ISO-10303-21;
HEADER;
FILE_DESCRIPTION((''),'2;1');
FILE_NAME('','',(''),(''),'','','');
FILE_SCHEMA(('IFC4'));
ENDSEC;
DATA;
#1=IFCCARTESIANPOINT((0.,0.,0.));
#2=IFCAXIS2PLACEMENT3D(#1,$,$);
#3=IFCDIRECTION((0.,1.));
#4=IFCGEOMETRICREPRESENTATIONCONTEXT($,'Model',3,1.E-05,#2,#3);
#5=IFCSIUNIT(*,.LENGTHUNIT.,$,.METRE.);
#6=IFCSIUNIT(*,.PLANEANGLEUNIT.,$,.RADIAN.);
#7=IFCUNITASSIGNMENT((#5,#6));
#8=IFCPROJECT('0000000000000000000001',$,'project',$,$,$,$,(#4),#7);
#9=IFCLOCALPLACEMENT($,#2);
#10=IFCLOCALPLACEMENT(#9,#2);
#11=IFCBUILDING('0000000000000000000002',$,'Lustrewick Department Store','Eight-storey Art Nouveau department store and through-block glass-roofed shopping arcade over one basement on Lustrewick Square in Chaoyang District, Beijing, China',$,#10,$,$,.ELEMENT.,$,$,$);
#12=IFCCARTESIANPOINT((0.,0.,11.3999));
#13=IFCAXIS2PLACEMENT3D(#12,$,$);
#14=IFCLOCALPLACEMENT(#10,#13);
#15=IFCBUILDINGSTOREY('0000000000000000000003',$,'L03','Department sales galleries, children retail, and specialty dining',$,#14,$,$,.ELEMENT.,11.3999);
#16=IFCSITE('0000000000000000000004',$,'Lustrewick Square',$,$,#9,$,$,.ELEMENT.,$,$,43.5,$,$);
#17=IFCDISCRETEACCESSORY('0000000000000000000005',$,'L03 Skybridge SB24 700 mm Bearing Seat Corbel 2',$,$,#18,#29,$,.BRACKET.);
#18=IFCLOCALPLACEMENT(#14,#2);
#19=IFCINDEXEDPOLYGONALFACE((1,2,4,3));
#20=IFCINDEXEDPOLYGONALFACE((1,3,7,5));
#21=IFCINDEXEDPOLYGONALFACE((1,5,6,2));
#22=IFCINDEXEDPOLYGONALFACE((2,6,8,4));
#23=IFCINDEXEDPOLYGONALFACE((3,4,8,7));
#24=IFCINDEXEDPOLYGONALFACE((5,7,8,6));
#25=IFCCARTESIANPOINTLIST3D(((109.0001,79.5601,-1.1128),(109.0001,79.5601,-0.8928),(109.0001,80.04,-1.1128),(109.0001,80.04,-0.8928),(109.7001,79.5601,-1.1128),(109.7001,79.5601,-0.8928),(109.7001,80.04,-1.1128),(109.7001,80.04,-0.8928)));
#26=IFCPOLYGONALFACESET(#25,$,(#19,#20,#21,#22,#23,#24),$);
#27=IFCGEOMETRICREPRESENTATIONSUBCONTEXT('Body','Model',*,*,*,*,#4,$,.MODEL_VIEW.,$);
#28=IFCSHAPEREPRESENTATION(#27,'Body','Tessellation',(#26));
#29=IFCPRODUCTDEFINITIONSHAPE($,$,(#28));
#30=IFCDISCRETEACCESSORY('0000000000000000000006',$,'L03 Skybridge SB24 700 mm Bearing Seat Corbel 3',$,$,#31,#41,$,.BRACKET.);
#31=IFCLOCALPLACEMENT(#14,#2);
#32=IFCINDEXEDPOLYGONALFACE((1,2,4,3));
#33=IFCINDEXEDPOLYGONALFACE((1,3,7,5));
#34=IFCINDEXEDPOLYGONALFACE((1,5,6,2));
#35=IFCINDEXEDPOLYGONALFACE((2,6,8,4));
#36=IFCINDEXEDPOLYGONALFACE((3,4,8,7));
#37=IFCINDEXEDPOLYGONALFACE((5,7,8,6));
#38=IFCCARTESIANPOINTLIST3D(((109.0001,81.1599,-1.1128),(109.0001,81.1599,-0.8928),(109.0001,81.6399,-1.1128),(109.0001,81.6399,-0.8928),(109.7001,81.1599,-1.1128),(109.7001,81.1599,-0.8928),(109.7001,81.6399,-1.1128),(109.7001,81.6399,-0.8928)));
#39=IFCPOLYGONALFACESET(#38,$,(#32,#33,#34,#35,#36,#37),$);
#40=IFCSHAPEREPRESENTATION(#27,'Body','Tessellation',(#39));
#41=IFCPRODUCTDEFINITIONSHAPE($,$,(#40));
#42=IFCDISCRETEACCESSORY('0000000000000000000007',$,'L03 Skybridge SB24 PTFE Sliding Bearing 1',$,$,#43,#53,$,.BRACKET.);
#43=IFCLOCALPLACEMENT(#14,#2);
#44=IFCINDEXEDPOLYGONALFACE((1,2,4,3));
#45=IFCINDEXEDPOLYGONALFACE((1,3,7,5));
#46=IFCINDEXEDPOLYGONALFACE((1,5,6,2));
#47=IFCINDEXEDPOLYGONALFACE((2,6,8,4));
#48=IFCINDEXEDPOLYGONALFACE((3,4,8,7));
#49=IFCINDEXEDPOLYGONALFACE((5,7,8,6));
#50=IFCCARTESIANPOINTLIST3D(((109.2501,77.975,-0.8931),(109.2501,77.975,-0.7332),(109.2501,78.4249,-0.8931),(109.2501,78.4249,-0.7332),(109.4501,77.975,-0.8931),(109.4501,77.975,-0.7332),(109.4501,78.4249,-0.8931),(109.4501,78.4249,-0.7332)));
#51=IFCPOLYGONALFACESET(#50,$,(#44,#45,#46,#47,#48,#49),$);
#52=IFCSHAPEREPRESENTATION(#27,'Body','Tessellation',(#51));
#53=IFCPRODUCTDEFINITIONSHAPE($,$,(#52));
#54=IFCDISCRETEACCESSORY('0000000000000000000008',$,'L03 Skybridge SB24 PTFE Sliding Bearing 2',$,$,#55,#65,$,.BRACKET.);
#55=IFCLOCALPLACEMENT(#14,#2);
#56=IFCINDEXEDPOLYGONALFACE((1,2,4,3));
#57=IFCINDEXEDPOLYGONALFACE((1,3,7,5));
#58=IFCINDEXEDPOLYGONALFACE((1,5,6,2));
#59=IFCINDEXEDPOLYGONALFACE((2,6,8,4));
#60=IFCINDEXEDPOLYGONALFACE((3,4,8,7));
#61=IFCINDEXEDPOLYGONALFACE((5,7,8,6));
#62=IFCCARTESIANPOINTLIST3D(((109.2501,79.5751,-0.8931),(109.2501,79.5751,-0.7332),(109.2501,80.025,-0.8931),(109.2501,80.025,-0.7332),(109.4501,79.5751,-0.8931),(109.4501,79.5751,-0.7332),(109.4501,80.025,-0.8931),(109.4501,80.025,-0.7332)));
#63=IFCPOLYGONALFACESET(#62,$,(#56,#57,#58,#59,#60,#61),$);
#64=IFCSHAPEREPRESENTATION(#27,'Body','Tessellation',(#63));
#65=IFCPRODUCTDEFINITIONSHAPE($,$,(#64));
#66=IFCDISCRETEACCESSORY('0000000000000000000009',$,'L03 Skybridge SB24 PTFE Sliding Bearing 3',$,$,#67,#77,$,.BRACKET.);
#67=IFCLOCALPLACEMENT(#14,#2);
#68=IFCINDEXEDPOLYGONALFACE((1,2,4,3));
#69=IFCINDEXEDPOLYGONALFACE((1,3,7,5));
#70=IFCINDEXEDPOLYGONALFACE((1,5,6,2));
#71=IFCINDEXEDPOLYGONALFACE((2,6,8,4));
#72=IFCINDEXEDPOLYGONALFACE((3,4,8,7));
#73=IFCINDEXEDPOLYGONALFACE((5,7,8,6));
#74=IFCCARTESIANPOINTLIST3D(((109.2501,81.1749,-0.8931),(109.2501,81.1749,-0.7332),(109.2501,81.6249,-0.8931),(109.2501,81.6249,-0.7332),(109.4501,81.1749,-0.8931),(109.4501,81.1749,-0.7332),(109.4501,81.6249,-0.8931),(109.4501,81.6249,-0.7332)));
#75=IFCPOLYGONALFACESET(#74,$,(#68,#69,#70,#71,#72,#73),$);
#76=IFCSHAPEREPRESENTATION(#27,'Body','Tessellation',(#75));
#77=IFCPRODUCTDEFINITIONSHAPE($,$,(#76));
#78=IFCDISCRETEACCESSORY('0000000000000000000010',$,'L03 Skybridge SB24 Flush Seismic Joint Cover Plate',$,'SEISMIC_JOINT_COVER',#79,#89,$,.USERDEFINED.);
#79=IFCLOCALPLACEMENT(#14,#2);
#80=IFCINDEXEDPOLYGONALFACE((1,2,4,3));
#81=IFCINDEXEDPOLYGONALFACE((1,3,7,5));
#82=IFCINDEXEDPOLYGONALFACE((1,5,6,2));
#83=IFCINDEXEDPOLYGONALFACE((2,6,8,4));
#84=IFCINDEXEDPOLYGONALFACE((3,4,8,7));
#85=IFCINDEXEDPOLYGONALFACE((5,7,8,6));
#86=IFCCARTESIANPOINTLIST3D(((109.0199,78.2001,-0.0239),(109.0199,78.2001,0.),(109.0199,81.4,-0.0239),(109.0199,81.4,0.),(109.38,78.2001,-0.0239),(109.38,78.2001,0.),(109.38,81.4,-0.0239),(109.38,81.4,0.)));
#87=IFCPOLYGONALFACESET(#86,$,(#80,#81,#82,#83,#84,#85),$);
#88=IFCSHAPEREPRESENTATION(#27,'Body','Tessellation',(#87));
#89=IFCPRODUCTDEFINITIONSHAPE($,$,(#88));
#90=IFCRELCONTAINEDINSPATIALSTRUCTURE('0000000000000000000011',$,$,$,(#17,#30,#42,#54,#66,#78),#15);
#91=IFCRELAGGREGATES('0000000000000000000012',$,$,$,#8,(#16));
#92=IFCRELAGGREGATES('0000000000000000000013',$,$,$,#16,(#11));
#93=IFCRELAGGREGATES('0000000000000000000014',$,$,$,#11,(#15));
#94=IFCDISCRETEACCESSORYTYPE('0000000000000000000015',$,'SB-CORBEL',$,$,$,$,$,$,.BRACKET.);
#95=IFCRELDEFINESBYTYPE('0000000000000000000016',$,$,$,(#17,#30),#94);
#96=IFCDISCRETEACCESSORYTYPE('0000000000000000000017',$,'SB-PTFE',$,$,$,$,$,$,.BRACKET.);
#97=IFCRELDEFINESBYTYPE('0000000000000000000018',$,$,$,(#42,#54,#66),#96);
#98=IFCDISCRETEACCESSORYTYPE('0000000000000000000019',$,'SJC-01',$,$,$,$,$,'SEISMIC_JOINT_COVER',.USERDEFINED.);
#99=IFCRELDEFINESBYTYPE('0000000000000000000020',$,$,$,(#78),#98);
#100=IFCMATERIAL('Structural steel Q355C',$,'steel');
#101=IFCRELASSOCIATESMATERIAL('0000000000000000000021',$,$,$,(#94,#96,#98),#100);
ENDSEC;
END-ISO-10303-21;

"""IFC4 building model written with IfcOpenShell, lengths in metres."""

from ifc_helpers import new_model, si_unit, direction, frame, origin, origin_2d, place, context, subcontext, project, spatial, rectangle, extrude, material, type_object, element, save


model = new_model("IFC4")

# Units and contexts
model_context = context("Model", 3, precision=1e-05, world=origin(), true_north=direction((0.0, 1.0)))
body_context = subcontext(model_context, "Body", "Model", "MODEL_VIEW")
ifc_project = project(units=[si_unit("LENGTHUNIT", "METRE"), si_unit("PLANEANGLEUNIT", "RADIAN")], contexts=[model_context])

# Site, building, storey
site_placement = place(None, origin())
site = spatial("IfcSite", under=ifc_project, at=site_placement, Name="Lustrewick Square", CompositionType="ELEMENT", RefElevation=43.5)
building_placement = place(site_placement, origin())
building = spatial("IfcBuilding", under=site, at=building_placement, Name="Lustrewick Department Store", Description="Eight-storey Art Nouveau department store and through-block glass-roofed shopping arcade over one basement on Lustrewick Square in Chaoyang District, Beijing, China", CompositionType="ELEMENT")
storey_placement = place(building_placement, frame((0.0, 0.0, 11.3999)))
storey = spatial("IfcBuildingStorey", under=building, at=storey_placement, Name="L03", Description="Department sales galleries, children retail, and specialty dining", CompositionType="ELEMENT", Elevation=11.3999)

# Shared definitions
ifc_material_1 = material(Name="Structural steel Q355C", Category="steel")

# Discrete accessories
discrete_accessory_type_1 = type_object("IfcDiscreteAccessoryType", Name="SB-CORBEL", PredefinedType="BRACKET", material=ifc_material_1)
for number, where, z_axis, x_axis, name in (
    (1, (109.3501, 79.8, -1.1128), (0.0, 0.0, 1.0), (1.0, 0.0, 0.0), "L03 Skybridge SB24 700 mm Bearing Seat Corbel 2"),
    (2, (109.3501, 81.3999, -1.1128), (0.0, 0.0, 1.0), (1.0, 0.0, 0.0), "L03 Skybridge SB24 700 mm Bearing Seat Corbel 3"),
):
    element("IfcDiscreteAccessory", number, at=place(storey_placement, frame(where, z_axis=z_axis, x_axis=x_axis)), inside=storey, type_object=discrete_accessory_type_1, Name=name, PredefinedType="BRACKET", context=body_context, shape_type="SweptSolid", body=[
        extrude(rectangle(XDim=0.7, YDim=0.48, at=origin_2d()), origin(), (0.0, 0.0, 1.0), 0.22),
    ])
discrete_accessory_type_2 = type_object("IfcDiscreteAccessoryType", Name="SB-PTFE", PredefinedType="BRACKET", material=ifc_material_1)
for number, where, z_axis, x_axis, name in (
    (3, (109.3501, 78.2, -0.8931), (0.0, 0.0, 1.0), (1.0, 0.0, 0.0), "L03 Skybridge SB24 PTFE Sliding Bearing 1"),
    (4, (109.3501, 79.8, -0.8931), (0.0, 0.0, 1.0), (1.0, 0.0, 0.0), "L03 Skybridge SB24 PTFE Sliding Bearing 2"),
    (5, (109.3501, 81.3999, -0.8931), (0.0, 0.0, 1.0), (1.0, 0.0, 0.0), "L03 Skybridge SB24 PTFE Sliding Bearing 3"),
):
    element("IfcDiscreteAccessory", number, at=place(storey_placement, frame(where, z_axis=z_axis, x_axis=x_axis)), inside=storey, type_object=discrete_accessory_type_2, Name=name, PredefinedType="BRACKET", context=body_context, shape_type="SweptSolid", body=[
        extrude(rectangle(XDim=0.2, YDim=0.45, at=origin_2d()), origin(), (0.0, 0.0, 1.0), 0.1599),
    ])
discrete_accessory_type_3 = type_object("IfcDiscreteAccessoryType", Name="SJC-01", ElementType="SEISMIC_JOINT_COVER", PredefinedType="USERDEFINED", material=ifc_material_1)
discrete_accessory_placement = place(storey_placement, frame((109.2, 79.8, -0.0239), z_axis=(0.0, 0.0, 1.0), x_axis=(1.0, 0.0, 0.0)))
element("IfcDiscreteAccessory", 6, at=discrete_accessory_placement, inside=storey, type_object=discrete_accessory_type_3, Name="L03 Skybridge SB24 Flush Seismic Joint Cover Plate", ObjectType="SEISMIC_JOINT_COVER", PredefinedType="USERDEFINED", context=body_context, shape_type="SweptSolid", body=[
    extrude(rectangle(XDim=0.3601, YDim=3.2, at=origin_2d()), origin(), (0.0, 0.0, 1.0), 0.0239),
])

save(model, "model.ifc")
